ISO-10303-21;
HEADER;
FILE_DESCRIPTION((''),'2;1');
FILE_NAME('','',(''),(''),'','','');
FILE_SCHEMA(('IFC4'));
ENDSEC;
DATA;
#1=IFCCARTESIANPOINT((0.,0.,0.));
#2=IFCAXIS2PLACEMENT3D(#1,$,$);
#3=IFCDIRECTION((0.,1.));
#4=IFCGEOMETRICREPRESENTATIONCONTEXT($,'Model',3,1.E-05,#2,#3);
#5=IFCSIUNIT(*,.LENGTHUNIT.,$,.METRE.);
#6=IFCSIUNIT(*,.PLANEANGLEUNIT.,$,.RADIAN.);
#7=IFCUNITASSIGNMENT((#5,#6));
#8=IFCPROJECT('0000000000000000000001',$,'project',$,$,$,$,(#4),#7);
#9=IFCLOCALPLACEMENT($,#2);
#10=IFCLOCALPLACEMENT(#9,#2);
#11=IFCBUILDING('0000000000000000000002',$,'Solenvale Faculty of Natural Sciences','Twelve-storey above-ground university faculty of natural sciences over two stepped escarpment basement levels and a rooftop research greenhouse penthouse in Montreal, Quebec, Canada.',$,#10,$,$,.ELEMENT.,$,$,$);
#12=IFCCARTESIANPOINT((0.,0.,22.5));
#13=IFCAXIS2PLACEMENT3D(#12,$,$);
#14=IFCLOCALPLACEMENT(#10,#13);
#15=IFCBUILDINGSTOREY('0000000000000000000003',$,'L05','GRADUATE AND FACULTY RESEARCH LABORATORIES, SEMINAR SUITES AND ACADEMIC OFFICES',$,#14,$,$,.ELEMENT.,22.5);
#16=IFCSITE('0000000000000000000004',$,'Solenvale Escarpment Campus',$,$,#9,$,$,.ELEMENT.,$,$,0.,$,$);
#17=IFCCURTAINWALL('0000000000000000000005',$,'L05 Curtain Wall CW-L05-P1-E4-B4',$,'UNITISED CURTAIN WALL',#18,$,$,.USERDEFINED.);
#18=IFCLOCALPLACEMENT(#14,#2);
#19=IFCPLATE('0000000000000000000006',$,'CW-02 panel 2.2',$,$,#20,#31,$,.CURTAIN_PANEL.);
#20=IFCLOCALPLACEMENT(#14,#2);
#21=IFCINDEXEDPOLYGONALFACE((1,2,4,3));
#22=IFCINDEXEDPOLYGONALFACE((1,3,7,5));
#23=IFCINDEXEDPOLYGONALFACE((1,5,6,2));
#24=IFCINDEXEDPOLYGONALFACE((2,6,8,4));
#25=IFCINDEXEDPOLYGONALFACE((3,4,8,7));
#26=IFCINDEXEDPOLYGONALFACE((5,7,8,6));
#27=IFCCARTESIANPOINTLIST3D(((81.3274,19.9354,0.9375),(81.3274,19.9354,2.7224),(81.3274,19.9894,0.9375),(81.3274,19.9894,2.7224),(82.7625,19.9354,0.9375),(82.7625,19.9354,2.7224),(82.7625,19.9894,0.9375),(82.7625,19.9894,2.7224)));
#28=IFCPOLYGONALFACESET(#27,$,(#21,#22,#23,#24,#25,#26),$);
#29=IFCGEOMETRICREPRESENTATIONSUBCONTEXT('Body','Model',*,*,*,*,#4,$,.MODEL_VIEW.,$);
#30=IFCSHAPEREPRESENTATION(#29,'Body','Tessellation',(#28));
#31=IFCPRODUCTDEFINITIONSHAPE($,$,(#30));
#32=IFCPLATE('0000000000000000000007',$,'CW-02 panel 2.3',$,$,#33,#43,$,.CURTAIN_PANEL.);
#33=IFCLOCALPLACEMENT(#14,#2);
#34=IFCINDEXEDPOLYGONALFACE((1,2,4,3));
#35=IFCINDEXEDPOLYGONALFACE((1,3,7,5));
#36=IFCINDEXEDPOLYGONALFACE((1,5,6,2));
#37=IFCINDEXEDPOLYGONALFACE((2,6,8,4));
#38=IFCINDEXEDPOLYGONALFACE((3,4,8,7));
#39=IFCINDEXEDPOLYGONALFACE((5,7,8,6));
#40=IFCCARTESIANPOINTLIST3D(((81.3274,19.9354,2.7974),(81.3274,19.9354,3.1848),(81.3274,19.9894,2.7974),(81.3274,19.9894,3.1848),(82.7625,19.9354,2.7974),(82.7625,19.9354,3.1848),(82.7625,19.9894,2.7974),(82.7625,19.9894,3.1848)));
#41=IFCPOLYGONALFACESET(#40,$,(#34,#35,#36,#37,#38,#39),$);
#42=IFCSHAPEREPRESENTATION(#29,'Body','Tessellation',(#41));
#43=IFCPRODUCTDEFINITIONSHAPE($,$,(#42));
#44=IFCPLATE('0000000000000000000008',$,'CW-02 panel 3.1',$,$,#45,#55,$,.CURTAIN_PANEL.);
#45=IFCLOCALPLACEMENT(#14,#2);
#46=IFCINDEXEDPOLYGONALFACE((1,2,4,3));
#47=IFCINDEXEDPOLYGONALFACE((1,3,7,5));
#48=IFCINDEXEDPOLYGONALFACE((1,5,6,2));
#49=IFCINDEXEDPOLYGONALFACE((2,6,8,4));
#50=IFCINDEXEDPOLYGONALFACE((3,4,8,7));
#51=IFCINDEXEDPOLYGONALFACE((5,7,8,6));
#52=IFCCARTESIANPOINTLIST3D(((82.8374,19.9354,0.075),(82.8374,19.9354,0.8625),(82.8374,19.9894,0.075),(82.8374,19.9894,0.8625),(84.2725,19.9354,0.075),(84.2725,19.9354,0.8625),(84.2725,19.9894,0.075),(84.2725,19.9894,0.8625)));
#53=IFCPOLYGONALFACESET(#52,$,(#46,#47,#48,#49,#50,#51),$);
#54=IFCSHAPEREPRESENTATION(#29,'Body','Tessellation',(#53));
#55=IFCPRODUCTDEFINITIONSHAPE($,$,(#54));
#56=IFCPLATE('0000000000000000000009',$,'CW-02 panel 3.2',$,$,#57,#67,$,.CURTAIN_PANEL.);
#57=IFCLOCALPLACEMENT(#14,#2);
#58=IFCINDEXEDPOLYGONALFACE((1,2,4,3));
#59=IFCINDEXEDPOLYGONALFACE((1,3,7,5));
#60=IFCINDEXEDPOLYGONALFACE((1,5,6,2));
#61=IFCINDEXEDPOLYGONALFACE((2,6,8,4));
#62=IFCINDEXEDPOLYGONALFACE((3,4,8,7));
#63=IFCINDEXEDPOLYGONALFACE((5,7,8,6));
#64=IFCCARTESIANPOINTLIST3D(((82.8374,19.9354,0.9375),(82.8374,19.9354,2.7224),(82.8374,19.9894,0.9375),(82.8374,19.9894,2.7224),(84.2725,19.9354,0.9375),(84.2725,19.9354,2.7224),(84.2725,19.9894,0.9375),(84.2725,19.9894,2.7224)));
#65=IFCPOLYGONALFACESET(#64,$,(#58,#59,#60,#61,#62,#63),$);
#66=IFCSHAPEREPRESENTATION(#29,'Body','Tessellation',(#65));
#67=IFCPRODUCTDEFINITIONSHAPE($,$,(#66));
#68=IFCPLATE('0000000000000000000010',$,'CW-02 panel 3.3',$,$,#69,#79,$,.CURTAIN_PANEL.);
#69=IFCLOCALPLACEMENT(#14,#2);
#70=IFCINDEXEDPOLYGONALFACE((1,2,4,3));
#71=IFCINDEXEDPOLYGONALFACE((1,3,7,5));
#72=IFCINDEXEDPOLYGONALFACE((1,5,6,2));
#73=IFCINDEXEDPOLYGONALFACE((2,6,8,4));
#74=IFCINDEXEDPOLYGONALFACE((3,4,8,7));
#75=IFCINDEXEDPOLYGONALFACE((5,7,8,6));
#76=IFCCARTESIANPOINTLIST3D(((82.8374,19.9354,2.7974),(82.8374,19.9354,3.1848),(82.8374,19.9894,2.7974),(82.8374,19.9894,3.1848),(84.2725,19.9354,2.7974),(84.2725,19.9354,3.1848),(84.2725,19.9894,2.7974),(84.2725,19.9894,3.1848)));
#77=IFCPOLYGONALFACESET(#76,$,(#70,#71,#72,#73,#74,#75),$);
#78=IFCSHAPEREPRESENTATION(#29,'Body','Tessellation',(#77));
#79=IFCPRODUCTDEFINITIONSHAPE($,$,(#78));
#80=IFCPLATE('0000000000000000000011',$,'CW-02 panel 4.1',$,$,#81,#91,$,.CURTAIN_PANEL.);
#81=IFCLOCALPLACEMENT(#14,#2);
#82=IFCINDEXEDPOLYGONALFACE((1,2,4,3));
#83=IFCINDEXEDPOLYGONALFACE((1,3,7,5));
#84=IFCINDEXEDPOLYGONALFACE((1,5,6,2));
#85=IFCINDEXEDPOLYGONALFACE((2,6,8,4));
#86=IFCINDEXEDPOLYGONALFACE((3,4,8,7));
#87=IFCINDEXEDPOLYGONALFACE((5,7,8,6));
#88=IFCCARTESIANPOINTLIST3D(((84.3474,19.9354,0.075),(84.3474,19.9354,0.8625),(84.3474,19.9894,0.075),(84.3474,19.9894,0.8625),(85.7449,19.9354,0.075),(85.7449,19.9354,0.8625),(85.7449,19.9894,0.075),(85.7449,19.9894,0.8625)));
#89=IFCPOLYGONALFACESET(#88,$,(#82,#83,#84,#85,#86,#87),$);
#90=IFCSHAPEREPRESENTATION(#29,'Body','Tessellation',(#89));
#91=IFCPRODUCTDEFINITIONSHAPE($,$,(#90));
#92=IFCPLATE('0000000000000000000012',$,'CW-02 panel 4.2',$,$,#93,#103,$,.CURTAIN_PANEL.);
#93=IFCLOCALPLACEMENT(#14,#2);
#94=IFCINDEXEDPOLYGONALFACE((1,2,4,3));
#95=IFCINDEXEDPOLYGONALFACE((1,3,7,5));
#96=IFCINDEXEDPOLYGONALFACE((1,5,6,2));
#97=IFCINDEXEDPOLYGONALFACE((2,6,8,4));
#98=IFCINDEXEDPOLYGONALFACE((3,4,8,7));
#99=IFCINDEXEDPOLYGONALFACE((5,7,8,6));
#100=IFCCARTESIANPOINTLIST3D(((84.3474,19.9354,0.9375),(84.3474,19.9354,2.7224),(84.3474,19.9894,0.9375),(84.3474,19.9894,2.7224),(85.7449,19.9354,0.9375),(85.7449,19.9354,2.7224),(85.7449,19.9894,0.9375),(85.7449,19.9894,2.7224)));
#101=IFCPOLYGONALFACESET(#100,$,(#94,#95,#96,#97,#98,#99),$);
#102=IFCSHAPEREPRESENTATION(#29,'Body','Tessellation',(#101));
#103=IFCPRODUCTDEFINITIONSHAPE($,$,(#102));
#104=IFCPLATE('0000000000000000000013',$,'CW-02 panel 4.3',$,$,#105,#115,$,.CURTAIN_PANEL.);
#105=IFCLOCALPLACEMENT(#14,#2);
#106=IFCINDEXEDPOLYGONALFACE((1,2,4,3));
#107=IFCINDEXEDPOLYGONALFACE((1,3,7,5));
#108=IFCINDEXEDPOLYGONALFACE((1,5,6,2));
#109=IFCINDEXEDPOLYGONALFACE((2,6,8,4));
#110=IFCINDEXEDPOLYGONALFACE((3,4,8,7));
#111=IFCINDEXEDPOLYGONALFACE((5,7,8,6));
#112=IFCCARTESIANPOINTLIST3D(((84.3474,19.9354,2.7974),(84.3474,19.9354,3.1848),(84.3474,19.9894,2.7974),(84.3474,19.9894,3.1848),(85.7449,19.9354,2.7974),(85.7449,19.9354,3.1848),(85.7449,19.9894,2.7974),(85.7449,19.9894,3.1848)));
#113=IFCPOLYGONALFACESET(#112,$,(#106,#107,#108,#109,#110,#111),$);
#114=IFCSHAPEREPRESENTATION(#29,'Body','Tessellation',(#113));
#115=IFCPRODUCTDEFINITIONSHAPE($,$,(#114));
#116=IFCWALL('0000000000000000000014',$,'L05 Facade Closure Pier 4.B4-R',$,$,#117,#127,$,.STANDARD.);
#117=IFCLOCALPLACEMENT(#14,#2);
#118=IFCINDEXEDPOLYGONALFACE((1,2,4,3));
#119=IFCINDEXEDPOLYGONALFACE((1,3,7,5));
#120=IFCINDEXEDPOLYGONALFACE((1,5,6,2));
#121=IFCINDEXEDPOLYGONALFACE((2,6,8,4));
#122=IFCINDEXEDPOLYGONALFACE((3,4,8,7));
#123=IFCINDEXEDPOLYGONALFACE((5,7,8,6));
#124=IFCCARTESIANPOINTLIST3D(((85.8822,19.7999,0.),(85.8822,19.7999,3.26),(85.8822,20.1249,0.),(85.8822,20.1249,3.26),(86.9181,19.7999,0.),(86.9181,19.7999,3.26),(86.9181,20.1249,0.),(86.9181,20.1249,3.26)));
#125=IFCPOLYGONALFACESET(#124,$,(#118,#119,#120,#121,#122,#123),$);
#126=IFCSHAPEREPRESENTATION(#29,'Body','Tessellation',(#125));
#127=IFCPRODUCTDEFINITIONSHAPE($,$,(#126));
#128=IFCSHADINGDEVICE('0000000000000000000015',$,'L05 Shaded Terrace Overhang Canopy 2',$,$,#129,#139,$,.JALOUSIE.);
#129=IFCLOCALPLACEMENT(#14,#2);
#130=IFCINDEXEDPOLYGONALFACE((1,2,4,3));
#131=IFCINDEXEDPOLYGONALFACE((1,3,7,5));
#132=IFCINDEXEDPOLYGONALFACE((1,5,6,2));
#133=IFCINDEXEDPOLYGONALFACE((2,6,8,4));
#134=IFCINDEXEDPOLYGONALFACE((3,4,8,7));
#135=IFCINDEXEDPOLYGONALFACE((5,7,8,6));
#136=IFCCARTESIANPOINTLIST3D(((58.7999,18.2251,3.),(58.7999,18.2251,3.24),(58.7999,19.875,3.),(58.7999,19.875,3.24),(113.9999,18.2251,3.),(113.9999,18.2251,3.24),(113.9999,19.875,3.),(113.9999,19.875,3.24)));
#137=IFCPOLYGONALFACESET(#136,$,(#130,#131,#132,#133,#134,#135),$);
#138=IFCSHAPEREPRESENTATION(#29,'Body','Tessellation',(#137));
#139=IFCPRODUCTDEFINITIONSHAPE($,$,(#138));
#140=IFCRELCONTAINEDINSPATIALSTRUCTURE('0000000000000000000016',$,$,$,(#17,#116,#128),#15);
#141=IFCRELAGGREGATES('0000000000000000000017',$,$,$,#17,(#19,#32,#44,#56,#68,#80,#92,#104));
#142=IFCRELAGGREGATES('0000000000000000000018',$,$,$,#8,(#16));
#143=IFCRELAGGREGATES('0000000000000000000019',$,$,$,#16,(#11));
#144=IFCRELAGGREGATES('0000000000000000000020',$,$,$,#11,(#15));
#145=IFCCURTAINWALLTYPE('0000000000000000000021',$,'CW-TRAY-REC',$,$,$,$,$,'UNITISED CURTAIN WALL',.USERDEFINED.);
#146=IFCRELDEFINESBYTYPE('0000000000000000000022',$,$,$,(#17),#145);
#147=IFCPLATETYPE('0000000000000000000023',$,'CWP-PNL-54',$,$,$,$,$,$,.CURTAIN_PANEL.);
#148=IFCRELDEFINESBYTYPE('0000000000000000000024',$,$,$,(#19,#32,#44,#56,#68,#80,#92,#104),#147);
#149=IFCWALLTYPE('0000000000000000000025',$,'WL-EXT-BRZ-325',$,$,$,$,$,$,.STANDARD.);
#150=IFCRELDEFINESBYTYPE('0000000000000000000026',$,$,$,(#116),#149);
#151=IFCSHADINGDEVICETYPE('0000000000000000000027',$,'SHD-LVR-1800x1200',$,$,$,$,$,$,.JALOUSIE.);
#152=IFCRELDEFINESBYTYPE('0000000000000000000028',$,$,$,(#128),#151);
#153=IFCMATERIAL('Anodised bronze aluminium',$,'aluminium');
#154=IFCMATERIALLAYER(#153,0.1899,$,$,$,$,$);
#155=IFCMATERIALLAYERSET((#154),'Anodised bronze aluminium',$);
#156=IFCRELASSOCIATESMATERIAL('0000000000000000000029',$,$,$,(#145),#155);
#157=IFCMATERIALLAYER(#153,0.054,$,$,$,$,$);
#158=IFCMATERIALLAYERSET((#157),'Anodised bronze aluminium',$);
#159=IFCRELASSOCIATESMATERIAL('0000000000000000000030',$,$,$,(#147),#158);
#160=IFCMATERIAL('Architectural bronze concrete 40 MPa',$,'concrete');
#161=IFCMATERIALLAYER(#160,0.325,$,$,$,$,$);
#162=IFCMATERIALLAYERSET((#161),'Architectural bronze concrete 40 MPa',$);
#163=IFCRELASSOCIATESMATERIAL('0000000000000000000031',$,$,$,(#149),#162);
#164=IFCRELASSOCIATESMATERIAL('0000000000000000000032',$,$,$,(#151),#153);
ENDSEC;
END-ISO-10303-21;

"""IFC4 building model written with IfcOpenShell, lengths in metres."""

from ifc_helpers import new_model, si_unit, direction, frame, frame_2d, origin, origin_2d, place, context, subcontext, project, spatial, rectangle, extrude, material, layer, layer_set, type_object, element, aggregate, save


model = new_model("IFC4")

# Units and contexts
model_context = context("Model", 3, precision=1e-05, world=origin(), true_north=direction((0.0, 1.0)))
body_context = subcontext(model_context, "Body", "Model", "MODEL_VIEW")
ifc_project = project(units=[si_unit("LENGTHUNIT", "METRE"), si_unit("PLANEANGLEUNIT", "RADIAN")], contexts=[model_context])

# Site, building, storey
site_placement = place(None, origin())
site = spatial("IfcSite", under=ifc_project, at=site_placement, Name="Solenvale Escarpment Campus", CompositionType="ELEMENT", RefElevation=0.0)
building_placement = place(site_placement, origin())
building = spatial("IfcBuilding", under=site, at=building_placement, Name="Solenvale Faculty of Natural Sciences", Description="Twelve-storey above-ground university faculty of natural sciences over two stepped escarpment basement levels and a rooftop research greenhouse penthouse in Montreal, Quebec, Canada.", CompositionType="ELEMENT")
storey_placement = place(building_placement, frame((0.0, 0.0, 22.5)))
storey = spatial("IfcBuildingStorey", under=building, at=storey_placement, Name="L05", Description="GRADUATE AND FACULTY RESEARCH LABORATORIES, SEMINAR SUITES AND ACADEMIC OFFICES", CompositionType="ELEMENT", Elevation=22.5)

# Shared definitions
ifc_material_1 = material(Name="Architectural bronze concrete 40 MPa", Category="concrete")

# Curtain wall
ifc_material_2 = material(Name="Anodised bronze aluminium", Category="aluminium")
ifc_layer_1 = layer(ifc_material_2, 0.1899)
ifc_layer_set_1 = layer_set([ifc_layer_1], Name="Anodised bronze aluminium")
curtain_wall_type = type_object("IfcCurtainWallType", Name="CW-TRAY-REC", ElementType="UNITISED CURTAIN WALL", PredefinedType="USERDEFINED", material=ifc_layer_set_1)
curtain_wall_1_placement = place(storey_placement, origin())
curtain_wall_1 = element("IfcCurtainWall", 1, at=curtain_wall_1_placement, inside=storey, type_object=curtain_wall_type, Name="L05 Curtain Wall CW-L05-P1-E4-B4", ObjectType="UNITISED CURTAIN WALL", PredefinedType="USERDEFINED")

# Plates
ifc_layer_2 = layer(ifc_material_2, 0.054)
ifc_layer_set_2 = layer_set([ifc_layer_2], Name="Anodised bronze aluminium")
plate_type = type_object("IfcPlateType", Name="CWP-PNL-54", PredefinedType="CURTAIN_PANEL", material=ifc_layer_set_2)
plate_1_placement = place(storey_placement, frame((82.0449, 19.9624, 0.9375), z_axis=(0.0, 0.0, 1.0), x_axis=(1.0, 0.0, 0.0)))
plate_1 = element("IfcPlate", 2, at=plate_1_placement, type_object=plate_type, Name="CW-02 panel 2.2", PredefinedType="CURTAIN_PANEL", context=body_context, shape_type="SweptSolid", body=[
    extrude(rectangle(XDim=1.4351, YDim=0.054, at=origin_2d()), origin(), (0.0, 0.0, 1.0), 1.7849),
])
plate_2_placement = place(storey_placement, frame((82.0449, 19.9624, 2.7974), z_axis=(0.0, 0.0, 1.0), x_axis=(1.0, 0.0, 0.0)))
plate_2 = element("IfcPlate", 3, at=plate_2_placement, type_object=plate_type, Name="CW-02 panel 2.3", PredefinedType="CURTAIN_PANEL", context=body_context, shape_type="SweptSolid", body=[
    extrude(rectangle(XDim=1.4351, YDim=0.054, at=origin_2d()), origin(), (0.0, 0.0, 1.0), 0.3875),
])
plate_3_placement = place(storey_placement, frame((83.5549, 19.9624, 0.075), z_axis=(0.0, 0.0, 1.0), x_axis=(1.0, 0.0, 0.0)))
plate_3 = element("IfcPlate", 4, at=plate_3_placement, type_object=plate_type, Name="CW-02 panel 3.1", PredefinedType="CURTAIN_PANEL", context=body_context, shape_type="SweptSolid", body=[
    extrude(rectangle(XDim=1.4351, YDim=0.054, at=origin_2d()), origin(), (0.0, 0.0, 1.0), 0.7876),
])
plate_4_placement = place(storey_placement, frame((83.5549, 19.9624, 0.9375), z_axis=(0.0, 0.0, 1.0), x_axis=(1.0, 0.0, 0.0)))
plate_4 = element("IfcPlate", 5, at=plate_4_placement, type_object=plate_type, Name="CW-02 panel 3.2", PredefinedType="CURTAIN_PANEL", context=body_context, shape_type="SweptSolid", body=[
    extrude(rectangle(XDim=1.4351, YDim=0.054, at=origin_2d()), origin(), (0.0, 0.0, 1.0), 1.7849),
])
plate_5_placement = place(storey_placement, frame((83.5549, 19.9624, 2.7974), z_axis=(0.0, 0.0, 1.0), x_axis=(1.0, 0.0, 0.0)))
plate_5 = element("IfcPlate", 6, at=plate_5_placement, type_object=plate_type, Name="CW-02 panel 3.3", PredefinedType="CURTAIN_PANEL", context=body_context, shape_type="SweptSolid", body=[
    extrude(rectangle(XDim=1.4351, YDim=0.054, at=origin_2d()), origin(), (0.0, 0.0, 1.0), 0.3875),
])
plate_6_placement = place(storey_placement, frame((85.0461, 19.9624, 0.075), z_axis=(0.0, 0.0, 1.0), x_axis=(1.0, 0.0, 0.0)))
plate_6 = element("IfcPlate", 7, at=plate_6_placement, type_object=plate_type, Name="CW-02 panel 4.1", PredefinedType="CURTAIN_PANEL", context=body_context, shape_type="SweptSolid", body=[
    extrude(rectangle(XDim=1.3975, YDim=0.054, at=origin_2d()), origin(), (0.0, 0.0, 1.0), 0.7876),
])
plate_7_placement = place(storey_placement, frame((85.0461, 19.9624, 0.9375), z_axis=(0.0, 0.0, 1.0), x_axis=(1.0, 0.0, 0.0)))
plate_7 = element("IfcPlate", 8, at=plate_7_placement, type_object=plate_type, Name="CW-02 panel 4.2", PredefinedType="CURTAIN_PANEL", context=body_context, shape_type="SweptSolid", body=[
    extrude(rectangle(XDim=1.3975, YDim=0.054, at=origin_2d()), origin(), (0.0, 0.0, 1.0), 1.7849),
])
plate_8_placement = place(storey_placement, frame((85.0461, 19.9624, 2.7974), z_axis=(0.0, 0.0, 1.0), x_axis=(1.0, 0.0, 0.0)))
plate_8 = element("IfcPlate", 9, at=plate_8_placement, type_object=plate_type, Name="CW-02 panel 4.3", PredefinedType="CURTAIN_PANEL", context=body_context, shape_type="SweptSolid", body=[
    extrude(rectangle(XDim=1.3975, YDim=0.054, at=origin_2d()), origin(), (0.0, 0.0, 1.0), 0.3875),
])
aggregate(curtain_wall_1, [plate_1, plate_2, plate_3, plate_4, plate_5, plate_6, plate_7, plate_8])

# Wall
ifc_layer_3 = layer(ifc_material_1, 0.325)
ifc_layer_set_3 = layer_set([ifc_layer_3], Name="Architectural bronze concrete 40 MPa")
wall_type = type_object("IfcWallType", Name="WL-EXT-BRZ-325", PredefinedType="STANDARD", material=ifc_layer_set_3)
wall_placement = place(storey_placement, frame((85.8821, 19.9624, 0.0), z_axis=(0.0, 0.0, 1.0), x_axis=(1.0, 0.0, 0.0)))
element("IfcWall", 10, at=wall_placement, inside=storey, type_object=wall_type, Name="L05 Facade Closure Pier 4.B4-R", PredefinedType="STANDARD", context=body_context, shape_type="SweptSolid", body=[
    extrude(rectangle(XDim=1.0359, YDim=0.325, at=frame_2d((0.5181, 0.0))), origin(), (0.0, 0.0, 1.0), 3.26),
])

# Shading device
shading_device_type = type_object("IfcShadingDeviceType", Name="SHD-LVR-1800x1200", PredefinedType="JALOUSIE", material=ifc_material_2)
shading_device_placement = place(storey_placement, frame((86.3999, 19.05, 3.0), z_axis=(0.0, 0.0, 1.0), x_axis=(1.0, 0.0, 0.0)))
element("IfcShadingDevice", 11, at=shading_device_placement, inside=storey, type_object=shading_device_type, Name="L05 Shaded Terrace Overhang Canopy 2", PredefinedType="JALOUSIE", context=body_context, shape_type="SweptSolid", body=[
    extrude(rectangle(XDim=55.2, YDim=1.6499, at=origin_2d()), origin(), (0.0, 0.0, 1.0), 0.24),
])

save(model, "model.ifc")
